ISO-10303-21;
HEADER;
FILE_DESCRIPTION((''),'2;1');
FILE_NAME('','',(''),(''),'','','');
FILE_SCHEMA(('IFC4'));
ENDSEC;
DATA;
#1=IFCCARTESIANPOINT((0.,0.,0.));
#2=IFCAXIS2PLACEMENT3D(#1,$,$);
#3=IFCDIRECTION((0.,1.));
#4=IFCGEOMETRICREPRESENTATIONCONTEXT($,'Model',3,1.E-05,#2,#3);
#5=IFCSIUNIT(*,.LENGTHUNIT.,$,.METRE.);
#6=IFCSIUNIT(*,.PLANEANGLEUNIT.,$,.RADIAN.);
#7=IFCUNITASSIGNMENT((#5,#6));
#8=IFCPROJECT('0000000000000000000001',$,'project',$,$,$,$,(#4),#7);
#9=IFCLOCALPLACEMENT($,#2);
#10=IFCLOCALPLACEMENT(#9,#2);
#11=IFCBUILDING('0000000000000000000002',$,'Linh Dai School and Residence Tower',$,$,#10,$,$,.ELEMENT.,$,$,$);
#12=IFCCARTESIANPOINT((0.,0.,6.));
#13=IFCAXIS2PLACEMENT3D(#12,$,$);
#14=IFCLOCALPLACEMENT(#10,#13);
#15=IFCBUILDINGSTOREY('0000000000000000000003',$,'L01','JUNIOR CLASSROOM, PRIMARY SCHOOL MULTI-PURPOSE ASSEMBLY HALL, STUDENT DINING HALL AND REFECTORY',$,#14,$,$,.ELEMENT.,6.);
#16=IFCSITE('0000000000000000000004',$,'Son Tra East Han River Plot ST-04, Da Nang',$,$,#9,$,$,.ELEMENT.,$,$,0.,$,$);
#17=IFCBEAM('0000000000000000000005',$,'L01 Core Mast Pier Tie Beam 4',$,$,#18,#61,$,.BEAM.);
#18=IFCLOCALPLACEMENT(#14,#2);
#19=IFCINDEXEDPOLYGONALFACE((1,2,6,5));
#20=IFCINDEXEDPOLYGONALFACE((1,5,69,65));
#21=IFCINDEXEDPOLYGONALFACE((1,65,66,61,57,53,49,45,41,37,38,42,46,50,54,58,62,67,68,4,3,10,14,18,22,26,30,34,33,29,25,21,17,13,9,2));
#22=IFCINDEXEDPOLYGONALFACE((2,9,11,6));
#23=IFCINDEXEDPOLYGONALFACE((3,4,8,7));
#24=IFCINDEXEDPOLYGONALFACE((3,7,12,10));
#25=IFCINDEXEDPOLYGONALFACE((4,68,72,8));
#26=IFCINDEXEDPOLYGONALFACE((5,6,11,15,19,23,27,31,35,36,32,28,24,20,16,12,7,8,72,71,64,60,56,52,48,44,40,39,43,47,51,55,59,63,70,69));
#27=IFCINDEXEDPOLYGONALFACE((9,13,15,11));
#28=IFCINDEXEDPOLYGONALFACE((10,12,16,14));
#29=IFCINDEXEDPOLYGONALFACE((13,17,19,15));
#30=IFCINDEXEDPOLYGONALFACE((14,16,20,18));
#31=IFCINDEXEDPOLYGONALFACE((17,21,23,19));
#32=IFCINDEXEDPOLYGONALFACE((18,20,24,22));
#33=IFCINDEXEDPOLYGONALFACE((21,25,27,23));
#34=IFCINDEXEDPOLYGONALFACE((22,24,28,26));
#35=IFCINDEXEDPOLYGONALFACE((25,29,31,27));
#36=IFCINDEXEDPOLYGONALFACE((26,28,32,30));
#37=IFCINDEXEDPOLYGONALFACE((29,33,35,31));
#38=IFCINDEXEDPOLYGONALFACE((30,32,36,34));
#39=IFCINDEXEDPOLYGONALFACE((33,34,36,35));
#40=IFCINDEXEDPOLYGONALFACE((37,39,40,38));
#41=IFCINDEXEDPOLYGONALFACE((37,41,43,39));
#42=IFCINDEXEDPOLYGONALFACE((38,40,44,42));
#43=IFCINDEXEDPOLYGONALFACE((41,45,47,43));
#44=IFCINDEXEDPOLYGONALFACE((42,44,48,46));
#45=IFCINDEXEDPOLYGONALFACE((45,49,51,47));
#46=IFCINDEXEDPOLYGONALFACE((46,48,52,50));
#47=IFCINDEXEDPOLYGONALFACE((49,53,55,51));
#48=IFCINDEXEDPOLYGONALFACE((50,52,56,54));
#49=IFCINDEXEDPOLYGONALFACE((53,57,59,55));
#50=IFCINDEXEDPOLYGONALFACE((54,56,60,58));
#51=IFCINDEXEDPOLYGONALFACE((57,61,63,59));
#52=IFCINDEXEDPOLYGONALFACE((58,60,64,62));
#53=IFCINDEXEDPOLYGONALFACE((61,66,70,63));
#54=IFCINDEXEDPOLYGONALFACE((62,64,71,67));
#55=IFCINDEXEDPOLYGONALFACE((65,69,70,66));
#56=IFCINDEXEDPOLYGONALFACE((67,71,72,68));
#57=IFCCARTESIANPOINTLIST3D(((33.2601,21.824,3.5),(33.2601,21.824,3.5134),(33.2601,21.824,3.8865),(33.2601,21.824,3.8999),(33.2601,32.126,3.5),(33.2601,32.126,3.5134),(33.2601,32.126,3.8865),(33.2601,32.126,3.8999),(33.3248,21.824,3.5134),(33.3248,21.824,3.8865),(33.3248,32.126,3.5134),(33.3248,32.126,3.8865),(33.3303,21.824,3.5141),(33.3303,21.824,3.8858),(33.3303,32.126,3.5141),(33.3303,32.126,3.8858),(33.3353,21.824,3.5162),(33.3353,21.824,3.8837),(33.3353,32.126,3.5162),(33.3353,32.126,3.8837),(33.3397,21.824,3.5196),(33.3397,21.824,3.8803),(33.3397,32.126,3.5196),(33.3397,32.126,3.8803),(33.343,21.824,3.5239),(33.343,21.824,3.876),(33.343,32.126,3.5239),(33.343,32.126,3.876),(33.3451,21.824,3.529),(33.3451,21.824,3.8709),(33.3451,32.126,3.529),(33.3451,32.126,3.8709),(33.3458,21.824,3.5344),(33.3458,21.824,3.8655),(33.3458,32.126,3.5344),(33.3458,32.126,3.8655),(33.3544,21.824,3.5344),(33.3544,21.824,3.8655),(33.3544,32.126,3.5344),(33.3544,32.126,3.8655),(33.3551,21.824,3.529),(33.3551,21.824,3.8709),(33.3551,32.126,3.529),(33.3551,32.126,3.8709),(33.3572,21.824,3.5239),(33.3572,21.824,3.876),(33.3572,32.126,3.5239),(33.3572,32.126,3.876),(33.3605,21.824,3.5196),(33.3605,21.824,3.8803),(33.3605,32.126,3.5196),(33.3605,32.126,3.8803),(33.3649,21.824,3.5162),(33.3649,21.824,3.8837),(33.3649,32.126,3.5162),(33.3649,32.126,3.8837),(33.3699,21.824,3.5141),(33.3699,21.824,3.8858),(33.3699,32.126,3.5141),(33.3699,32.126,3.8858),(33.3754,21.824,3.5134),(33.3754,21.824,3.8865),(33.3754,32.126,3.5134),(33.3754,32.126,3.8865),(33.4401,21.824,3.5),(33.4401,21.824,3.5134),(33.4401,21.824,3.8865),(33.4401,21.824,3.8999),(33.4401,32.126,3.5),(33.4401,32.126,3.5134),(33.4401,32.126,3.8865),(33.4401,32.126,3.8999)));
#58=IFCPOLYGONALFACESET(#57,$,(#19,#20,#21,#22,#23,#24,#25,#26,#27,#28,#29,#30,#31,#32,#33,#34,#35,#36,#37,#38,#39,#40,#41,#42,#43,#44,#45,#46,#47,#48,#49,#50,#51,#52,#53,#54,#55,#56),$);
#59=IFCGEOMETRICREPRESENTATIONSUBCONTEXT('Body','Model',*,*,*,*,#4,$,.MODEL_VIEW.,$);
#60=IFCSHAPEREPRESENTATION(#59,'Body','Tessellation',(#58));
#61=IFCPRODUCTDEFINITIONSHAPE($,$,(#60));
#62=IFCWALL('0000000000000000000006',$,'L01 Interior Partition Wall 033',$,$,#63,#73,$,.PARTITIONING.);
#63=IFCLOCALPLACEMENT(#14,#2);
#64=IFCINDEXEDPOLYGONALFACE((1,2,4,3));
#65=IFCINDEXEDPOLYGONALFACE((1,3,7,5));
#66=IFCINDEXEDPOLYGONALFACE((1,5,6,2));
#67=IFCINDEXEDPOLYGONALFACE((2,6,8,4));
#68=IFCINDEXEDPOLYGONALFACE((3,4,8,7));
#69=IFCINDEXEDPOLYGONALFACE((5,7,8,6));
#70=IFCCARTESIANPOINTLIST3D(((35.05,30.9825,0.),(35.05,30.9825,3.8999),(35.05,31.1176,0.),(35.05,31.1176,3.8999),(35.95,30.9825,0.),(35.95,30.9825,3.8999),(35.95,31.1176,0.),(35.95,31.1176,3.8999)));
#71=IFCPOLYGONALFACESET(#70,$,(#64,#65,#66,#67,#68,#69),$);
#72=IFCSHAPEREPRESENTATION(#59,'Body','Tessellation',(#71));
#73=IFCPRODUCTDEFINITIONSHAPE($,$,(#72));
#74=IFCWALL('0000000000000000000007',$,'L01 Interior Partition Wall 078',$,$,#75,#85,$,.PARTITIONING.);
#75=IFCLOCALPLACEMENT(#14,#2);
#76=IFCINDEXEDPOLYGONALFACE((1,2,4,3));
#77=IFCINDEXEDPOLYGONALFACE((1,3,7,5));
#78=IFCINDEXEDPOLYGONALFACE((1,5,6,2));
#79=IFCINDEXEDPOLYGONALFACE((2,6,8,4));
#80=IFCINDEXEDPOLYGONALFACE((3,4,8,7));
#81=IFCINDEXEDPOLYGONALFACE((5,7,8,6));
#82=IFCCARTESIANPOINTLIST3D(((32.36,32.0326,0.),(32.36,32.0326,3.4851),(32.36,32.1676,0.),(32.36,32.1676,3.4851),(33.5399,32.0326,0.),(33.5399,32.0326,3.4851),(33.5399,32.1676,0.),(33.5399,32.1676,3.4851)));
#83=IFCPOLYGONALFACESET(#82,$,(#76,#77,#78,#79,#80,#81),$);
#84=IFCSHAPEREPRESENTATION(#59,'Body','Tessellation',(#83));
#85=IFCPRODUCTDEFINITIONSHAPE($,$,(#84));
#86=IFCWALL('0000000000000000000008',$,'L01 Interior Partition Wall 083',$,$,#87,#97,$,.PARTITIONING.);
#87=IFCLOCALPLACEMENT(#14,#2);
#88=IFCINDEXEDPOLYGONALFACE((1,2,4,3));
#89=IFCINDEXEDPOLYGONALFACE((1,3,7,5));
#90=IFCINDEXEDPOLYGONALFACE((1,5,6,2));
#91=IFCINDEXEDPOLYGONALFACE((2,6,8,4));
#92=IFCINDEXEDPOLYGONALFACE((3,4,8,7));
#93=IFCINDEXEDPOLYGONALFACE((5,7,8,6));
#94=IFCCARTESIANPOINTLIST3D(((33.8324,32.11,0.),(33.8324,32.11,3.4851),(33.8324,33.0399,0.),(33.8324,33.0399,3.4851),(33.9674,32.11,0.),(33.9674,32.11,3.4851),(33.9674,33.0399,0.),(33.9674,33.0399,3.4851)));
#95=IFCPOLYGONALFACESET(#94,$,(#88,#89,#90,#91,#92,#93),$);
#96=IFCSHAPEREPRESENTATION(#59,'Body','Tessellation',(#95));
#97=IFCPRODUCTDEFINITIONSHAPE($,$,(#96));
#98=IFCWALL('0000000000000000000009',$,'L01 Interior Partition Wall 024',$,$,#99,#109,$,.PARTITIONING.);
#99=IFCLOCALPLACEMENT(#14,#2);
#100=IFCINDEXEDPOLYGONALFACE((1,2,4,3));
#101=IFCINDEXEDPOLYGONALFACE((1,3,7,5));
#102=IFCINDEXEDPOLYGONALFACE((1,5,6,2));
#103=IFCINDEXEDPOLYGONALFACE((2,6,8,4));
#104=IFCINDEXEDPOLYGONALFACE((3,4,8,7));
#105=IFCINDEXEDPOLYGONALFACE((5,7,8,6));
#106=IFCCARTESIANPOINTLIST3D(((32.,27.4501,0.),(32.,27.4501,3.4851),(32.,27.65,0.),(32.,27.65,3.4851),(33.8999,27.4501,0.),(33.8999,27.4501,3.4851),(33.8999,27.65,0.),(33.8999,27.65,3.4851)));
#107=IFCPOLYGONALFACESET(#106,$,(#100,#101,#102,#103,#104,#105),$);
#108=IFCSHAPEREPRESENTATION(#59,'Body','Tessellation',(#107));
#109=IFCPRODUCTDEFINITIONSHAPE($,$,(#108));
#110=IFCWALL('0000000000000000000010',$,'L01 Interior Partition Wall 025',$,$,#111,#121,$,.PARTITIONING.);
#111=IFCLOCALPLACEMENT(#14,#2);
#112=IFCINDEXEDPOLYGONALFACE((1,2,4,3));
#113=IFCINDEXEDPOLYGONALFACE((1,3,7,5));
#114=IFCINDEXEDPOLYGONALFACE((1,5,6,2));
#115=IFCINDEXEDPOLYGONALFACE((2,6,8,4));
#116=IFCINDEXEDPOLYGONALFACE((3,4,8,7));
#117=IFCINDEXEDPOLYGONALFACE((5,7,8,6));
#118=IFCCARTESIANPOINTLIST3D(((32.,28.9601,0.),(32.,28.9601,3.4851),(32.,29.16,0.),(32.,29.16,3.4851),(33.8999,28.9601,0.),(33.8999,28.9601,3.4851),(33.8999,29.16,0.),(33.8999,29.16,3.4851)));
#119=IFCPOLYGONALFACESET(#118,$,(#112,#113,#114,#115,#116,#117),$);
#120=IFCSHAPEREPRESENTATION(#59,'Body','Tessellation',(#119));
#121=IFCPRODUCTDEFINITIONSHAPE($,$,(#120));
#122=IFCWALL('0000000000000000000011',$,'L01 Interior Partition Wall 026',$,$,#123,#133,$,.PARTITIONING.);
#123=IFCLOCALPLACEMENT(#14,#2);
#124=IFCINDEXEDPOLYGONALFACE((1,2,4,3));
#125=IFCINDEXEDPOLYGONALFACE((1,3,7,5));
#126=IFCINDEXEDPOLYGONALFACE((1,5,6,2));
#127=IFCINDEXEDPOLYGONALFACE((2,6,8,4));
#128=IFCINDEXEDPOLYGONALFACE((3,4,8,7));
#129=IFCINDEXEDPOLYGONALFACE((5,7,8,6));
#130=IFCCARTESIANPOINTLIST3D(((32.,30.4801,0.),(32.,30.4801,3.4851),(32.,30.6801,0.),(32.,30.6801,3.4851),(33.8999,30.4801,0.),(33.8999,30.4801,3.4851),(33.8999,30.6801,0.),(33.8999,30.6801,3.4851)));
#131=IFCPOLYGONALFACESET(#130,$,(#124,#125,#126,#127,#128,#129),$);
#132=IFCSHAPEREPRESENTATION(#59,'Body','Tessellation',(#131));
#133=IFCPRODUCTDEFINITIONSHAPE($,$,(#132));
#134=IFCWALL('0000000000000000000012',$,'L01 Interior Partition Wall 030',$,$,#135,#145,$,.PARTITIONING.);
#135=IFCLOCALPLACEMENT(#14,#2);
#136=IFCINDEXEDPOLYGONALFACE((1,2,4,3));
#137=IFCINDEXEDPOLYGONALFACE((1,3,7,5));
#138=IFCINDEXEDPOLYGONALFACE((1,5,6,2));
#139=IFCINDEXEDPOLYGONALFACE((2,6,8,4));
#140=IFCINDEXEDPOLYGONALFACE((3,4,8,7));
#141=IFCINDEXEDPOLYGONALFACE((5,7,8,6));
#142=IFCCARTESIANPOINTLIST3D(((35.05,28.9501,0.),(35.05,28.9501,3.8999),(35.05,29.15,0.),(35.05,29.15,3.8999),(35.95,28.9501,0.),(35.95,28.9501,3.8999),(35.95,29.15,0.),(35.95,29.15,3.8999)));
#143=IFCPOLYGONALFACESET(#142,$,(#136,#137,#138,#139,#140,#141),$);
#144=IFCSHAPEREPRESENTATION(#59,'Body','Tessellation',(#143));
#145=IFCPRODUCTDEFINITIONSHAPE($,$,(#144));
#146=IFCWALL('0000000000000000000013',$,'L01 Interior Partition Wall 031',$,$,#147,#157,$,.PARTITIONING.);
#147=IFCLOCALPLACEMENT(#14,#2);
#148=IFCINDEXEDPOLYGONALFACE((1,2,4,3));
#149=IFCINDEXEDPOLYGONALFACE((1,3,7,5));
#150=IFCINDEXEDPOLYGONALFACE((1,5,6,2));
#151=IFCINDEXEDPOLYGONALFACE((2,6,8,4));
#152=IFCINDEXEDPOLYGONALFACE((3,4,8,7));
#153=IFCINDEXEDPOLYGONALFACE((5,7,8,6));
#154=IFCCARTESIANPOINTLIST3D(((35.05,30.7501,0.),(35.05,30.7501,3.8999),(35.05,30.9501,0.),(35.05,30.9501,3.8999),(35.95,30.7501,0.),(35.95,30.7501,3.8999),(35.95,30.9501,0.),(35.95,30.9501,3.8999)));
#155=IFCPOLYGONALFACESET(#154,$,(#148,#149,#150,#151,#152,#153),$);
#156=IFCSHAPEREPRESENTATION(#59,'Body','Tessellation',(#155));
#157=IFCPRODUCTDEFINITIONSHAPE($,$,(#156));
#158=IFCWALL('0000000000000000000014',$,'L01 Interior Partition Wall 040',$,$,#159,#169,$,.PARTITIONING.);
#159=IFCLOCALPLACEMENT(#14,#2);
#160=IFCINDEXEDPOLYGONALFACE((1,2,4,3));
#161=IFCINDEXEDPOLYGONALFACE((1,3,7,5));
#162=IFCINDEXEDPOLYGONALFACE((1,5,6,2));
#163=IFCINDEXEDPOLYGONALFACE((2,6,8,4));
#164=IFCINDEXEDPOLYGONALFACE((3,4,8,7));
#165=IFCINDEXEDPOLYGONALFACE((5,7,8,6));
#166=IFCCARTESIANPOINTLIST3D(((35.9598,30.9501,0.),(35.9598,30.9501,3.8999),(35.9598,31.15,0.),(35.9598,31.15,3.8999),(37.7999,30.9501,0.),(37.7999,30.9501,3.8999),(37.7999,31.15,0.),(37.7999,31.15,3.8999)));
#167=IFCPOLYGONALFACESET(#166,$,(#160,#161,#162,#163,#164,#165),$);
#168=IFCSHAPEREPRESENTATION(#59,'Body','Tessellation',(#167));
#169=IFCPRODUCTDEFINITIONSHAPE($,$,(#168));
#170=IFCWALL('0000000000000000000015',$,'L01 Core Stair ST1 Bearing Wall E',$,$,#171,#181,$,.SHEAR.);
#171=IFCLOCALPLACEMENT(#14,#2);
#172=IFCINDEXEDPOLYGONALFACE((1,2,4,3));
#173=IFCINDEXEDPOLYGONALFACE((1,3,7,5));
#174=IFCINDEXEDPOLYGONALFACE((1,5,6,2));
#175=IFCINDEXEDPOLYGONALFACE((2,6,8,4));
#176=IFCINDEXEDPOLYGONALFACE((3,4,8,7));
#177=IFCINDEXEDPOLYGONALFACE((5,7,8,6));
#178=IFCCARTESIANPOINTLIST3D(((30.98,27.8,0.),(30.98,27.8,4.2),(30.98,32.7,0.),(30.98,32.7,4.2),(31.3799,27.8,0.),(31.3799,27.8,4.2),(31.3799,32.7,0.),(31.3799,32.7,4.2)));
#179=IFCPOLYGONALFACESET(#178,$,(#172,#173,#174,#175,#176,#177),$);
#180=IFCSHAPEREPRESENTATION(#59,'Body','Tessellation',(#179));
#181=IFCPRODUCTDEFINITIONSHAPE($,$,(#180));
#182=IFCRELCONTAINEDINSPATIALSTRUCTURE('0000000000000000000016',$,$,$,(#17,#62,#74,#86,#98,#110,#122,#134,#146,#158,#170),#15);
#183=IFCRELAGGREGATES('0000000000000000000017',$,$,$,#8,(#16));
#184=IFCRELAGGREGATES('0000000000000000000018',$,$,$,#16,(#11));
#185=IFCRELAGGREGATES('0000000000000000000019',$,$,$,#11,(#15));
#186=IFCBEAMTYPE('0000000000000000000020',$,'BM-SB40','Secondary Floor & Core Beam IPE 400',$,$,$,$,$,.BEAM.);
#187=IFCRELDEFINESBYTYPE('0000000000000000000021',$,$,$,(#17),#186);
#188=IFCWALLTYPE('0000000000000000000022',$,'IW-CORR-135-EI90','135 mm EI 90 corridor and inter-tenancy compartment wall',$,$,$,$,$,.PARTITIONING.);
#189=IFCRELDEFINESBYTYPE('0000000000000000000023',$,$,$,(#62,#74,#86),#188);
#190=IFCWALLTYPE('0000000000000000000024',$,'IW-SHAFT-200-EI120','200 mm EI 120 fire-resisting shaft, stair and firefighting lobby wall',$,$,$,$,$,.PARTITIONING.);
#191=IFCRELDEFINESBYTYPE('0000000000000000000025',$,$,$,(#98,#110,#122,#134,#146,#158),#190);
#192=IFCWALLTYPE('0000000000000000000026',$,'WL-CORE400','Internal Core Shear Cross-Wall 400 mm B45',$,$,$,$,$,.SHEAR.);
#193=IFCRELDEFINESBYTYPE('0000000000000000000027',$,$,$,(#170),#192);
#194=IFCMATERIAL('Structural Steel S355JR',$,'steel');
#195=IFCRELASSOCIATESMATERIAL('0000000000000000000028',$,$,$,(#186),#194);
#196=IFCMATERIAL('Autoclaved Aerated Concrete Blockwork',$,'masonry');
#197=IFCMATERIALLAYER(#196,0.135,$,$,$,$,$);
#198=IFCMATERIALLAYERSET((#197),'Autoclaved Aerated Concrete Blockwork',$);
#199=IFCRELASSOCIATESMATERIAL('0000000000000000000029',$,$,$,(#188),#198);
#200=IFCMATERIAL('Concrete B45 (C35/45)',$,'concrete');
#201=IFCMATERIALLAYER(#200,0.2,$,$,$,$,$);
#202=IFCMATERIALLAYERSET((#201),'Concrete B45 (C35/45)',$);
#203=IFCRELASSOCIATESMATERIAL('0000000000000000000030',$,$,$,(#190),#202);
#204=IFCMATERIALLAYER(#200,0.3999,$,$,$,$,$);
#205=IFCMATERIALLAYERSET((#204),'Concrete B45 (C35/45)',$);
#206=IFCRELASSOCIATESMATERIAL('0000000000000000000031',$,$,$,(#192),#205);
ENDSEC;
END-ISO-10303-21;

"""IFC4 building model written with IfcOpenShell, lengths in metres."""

from ifc_helpers import new_model, si_unit, direction, frame, frame_2d, origin, origin_2d, place, context, subcontext, project, spatial, rectangle, i_section, extrude, material, layer, layer_set, material_profile, profile_set, type_object, element, save


model = new_model("IFC4")

# Units and contexts
model_context = context("Model", 3, precision=1e-05, world=origin(), true_north=direction((0.0, 1.0)))
body_context = subcontext(model_context, "Body", "Model", "MODEL_VIEW")
ifc_project = project(units=[si_unit("LENGTHUNIT", "METRE"), si_unit("PLANEANGLEUNIT", "RADIAN")], contexts=[model_context])

# Site, building, storey
site_placement = place(None, origin())
site = spatial("IfcSite", under=ifc_project, at=site_placement, Name="Son Tra East Han River Plot ST-04, Da Nang", CompositionType="ELEMENT", RefElevation=0.0)
building_placement = place(site_placement, origin())
building = spatial("IfcBuilding", under=site, at=building_placement, Name="Linh Dai School and Residence Tower", CompositionType="ELEMENT")
storey_placement = place(building_placement, frame((0.0, 0.0, 6.0)))
storey = spatial("IfcBuildingStorey", under=building, at=storey_placement, Name="L01", Description="JUNIOR CLASSROOM, PRIMARY SCHOOL MULTI-PURPOSE ASSEMBLY HALL, STUDENT DINING HALL AND REFECTORY", CompositionType="ELEMENT", Elevation=6.0)

# Shared definitions
ifc_material_1 = material(Name="Structural Steel S355JR", Category="steel")

# Beam
ifc_material_profile_1 = material_profile(ifc_material_1, i_section(OverallWidth=0.1799, OverallDepth=0.3999, WebThickness=0.0085, FlangeThickness=0.0134, FilletRadius=0.021, at=origin_2d()), Name="IPE 400")
ifc_profile_set_1 = profile_set([ifc_material_profile_1], Name="Structural Steel S355JR")
beam_type_1 = type_object("IfcBeamType", Name="BM-SB40", Description="Secondary Floor & Core Beam IPE 400", PredefinedType="BEAM", material=ifc_profile_set_1)
beam_1_placement = place(storey_placement, frame((33.3501, 32.126, 3.7), z_axis=(0.0, -1.0, 0.0), x_axis=(1.0, 0.0, 0.0)))
element("IfcBeam", 1, at=beam_1_placement, inside=storey, type_object=beam_type_1, Name="L01 Core Mast Pier Tie Beam 4", PredefinedType="BEAM", context=body_context, shape_type="SweptSolid", body=[
    extrude(i_section(OverallWidth=0.1799, OverallDepth=0.3999, WebThickness=0.0085, FlangeThickness=0.0134, FilletRadius=0.021, at=origin_2d()), origin(), (0.0, 0.0, 1.0), 10.302),
])

# Shared definitions
ifc_material_2 = material(Name="Autoclaved Aerated Concrete Blockwork", Category="masonry")
ifc_layer_1 = layer(ifc_material_2, 0.135)
ifc_layer_set_1 = layer_set([ifc_layer_1], Name="Autoclaved Aerated Concrete Blockwork")
wall_type_1 = type_object("IfcWallType", Name="IW-CORR-135-EI90", Description="135 mm EI 90 corridor and inter-tenancy compartment wall", PredefinedType="PARTITIONING", material=ifc_layer_set_1)

# Walls
wall_1_placement = place(storey_placement, frame((35.05, 31.05, 0.0), z_axis=(0.0, 0.0, 1.0), x_axis=(1.0, 0.0, 0.0)))
element("IfcWall", 2, at=wall_1_placement, inside=storey, type_object=wall_type_1, Name="L01 Interior Partition Wall 033", PredefinedType="PARTITIONING", context=body_context, shape_type="SweptSolid", body=[
    extrude(rectangle(XDim=0.8999, YDim=0.135, at=frame_2d((0.45, 0.0))), origin(), (0.0, 0.0, 1.0), 3.8999),
])
wall_2_placement = place(storey_placement, frame((32.3601, 32.1001, 0.0), z_axis=(0.0, 0.0, 1.0), x_axis=(1.0, 0.0, 0.0)))
element("IfcWall", 3, at=wall_2_placement, inside=storey, type_object=wall_type_1, Name="L01 Interior Partition Wall 078", PredefinedType="PARTITIONING", context=body_context, shape_type="SweptSolid", body=[
    extrude(rectangle(XDim=1.1799, YDim=0.135, at=frame_2d((0.5898, 0.0))), origin(), (0.0, 0.0, 1.0), 3.4851),
])
wall_3_placement = place(storey_placement, frame((33.8999, 32.1101, 0.0), z_axis=(0.0, 0.0, 1.0), x_axis=(0.0, 1.0, 0.0)))
element("IfcWall", 4, at=wall_3_placement, inside=storey, type_object=wall_type_1, Name="L01 Interior Partition Wall 083", PredefinedType="PARTITIONING", context=body_context, shape_type="SweptSolid", body=[
    extrude(rectangle(XDim=0.9299, YDim=0.135, at=frame_2d((0.4648, 0.0))), origin(), (0.0, 0.0, 1.0), 3.4851),
])
ifc_material_3 = material(Name="Concrete B45 (C35/45)", Category="concrete")
ifc_layer_2 = layer(ifc_material_3, 0.2)
ifc_layer_set_2 = layer_set([ifc_layer_2], Name="Concrete B45 (C35/45)")
wall_type_2 = type_object("IfcWallType", Name="IW-SHAFT-200-EI120", Description="200 mm EI 120 fire-resisting shaft, stair and firefighting lobby wall", PredefinedType="PARTITIONING", material=ifc_layer_set_2)
for number, where, z_axis, x_axis, name in (
    (5, (32.0, 27.55, 0.0), (0.0, 0.0, 1.0), (1.0, 0.0, 0.0), "L01 Interior Partition Wall 024"),
    (6, (32.0, 29.0601, 0.0), (0.0, 0.0, 1.0), (1.0, 0.0, 0.0), "L01 Interior Partition Wall 025"),
    (7, (32.0, 30.5801, 0.0), (0.0, 0.0, 1.0), (1.0, 0.0, 0.0), "L01 Interior Partition Wall 026"),
):
    element("IfcWall", number, at=place(storey_placement, frame(where, z_axis=z_axis, x_axis=x_axis)), inside=storey, type_object=wall_type_2, Name=name, PredefinedType="PARTITIONING", context=body_context, shape_type="SweptSolid", body=[
        extrude(rectangle(XDim=1.8999, YDim=0.2, at=frame_2d((0.95, 0.0))), origin(), (0.0, 0.0, 1.0), 3.4851),
    ])
for number, where, z_axis, x_axis, name in (
    (8, (35.05, 29.05, 0.0), (0.0, 0.0, 1.0), (1.0, 0.0, 0.0), "L01 Interior Partition Wall 030"),
    (9, (35.05, 30.8501, 0.0), (0.0, 0.0, 1.0), (1.0, 0.0, 0.0), "L01 Interior Partition Wall 031"),
):
    element("IfcWall", number, at=place(storey_placement, frame(where, z_axis=z_axis, x_axis=x_axis)), inside=storey, type_object=wall_type_2, Name=name, PredefinedType="PARTITIONING", context=body_context, shape_type="SweptSolid", body=[
        extrude(rectangle(XDim=0.8999, YDim=0.2, at=frame_2d((0.45, 0.0))), origin(), (0.0, 0.0, 1.0), 3.8999),
    ])

# Walls
wall_4_placement = place(storey_placement, frame((35.96, 31.05, 0.0), z_axis=(0.0, 0.0, 1.0), x_axis=(1.0, 0.0, 0.0)))
element("IfcWall", 10, at=wall_4_placement, inside=storey, type_object=wall_type_2, Name="L01 Interior Partition Wall 040", PredefinedType="PARTITIONING", context=body_context, shape_type="SweptSolid", body=[
    extrude(rectangle(XDim=1.8401, YDim=0.2, at=frame_2d((0.9199, 0.0))), origin(), (0.0, 0.0, 1.0), 3.8999),
])
ifc_layer_3 = layer(ifc_material_3, 0.3999)
ifc_layer_set_3 = layer_set([ifc_layer_3], Name="Concrete B45 (C35/45)")
wall_type_3 = type_object("IfcWallType", Name="WL-CORE400", Description="Internal Core Shear Cross-Wall 400 mm B45", PredefinedType="SHEAR", material=ifc_layer_set_3)
wall_5_placement = place(storey_placement, frame((31.1799, 27.8, 0.0), z_axis=(0.0, 0.0, 1.0), x_axis=(0.0, 1.0, 0.0)))
element("IfcWall", 11, at=wall_5_placement, inside=storey, type_object=wall_type_3, Name="L01 Core Stair ST1 Bearing Wall E", PredefinedType="SHEAR", context=body_context, shape_type="SweptSolid", body=[
    extrude(rectangle(XDim=4.8999, YDim=0.3999, at=frame_2d((2.45, 0.0))), origin(), (0.0, 0.0, 1.0), 4.2),
])

save(model, "model.ifc")
